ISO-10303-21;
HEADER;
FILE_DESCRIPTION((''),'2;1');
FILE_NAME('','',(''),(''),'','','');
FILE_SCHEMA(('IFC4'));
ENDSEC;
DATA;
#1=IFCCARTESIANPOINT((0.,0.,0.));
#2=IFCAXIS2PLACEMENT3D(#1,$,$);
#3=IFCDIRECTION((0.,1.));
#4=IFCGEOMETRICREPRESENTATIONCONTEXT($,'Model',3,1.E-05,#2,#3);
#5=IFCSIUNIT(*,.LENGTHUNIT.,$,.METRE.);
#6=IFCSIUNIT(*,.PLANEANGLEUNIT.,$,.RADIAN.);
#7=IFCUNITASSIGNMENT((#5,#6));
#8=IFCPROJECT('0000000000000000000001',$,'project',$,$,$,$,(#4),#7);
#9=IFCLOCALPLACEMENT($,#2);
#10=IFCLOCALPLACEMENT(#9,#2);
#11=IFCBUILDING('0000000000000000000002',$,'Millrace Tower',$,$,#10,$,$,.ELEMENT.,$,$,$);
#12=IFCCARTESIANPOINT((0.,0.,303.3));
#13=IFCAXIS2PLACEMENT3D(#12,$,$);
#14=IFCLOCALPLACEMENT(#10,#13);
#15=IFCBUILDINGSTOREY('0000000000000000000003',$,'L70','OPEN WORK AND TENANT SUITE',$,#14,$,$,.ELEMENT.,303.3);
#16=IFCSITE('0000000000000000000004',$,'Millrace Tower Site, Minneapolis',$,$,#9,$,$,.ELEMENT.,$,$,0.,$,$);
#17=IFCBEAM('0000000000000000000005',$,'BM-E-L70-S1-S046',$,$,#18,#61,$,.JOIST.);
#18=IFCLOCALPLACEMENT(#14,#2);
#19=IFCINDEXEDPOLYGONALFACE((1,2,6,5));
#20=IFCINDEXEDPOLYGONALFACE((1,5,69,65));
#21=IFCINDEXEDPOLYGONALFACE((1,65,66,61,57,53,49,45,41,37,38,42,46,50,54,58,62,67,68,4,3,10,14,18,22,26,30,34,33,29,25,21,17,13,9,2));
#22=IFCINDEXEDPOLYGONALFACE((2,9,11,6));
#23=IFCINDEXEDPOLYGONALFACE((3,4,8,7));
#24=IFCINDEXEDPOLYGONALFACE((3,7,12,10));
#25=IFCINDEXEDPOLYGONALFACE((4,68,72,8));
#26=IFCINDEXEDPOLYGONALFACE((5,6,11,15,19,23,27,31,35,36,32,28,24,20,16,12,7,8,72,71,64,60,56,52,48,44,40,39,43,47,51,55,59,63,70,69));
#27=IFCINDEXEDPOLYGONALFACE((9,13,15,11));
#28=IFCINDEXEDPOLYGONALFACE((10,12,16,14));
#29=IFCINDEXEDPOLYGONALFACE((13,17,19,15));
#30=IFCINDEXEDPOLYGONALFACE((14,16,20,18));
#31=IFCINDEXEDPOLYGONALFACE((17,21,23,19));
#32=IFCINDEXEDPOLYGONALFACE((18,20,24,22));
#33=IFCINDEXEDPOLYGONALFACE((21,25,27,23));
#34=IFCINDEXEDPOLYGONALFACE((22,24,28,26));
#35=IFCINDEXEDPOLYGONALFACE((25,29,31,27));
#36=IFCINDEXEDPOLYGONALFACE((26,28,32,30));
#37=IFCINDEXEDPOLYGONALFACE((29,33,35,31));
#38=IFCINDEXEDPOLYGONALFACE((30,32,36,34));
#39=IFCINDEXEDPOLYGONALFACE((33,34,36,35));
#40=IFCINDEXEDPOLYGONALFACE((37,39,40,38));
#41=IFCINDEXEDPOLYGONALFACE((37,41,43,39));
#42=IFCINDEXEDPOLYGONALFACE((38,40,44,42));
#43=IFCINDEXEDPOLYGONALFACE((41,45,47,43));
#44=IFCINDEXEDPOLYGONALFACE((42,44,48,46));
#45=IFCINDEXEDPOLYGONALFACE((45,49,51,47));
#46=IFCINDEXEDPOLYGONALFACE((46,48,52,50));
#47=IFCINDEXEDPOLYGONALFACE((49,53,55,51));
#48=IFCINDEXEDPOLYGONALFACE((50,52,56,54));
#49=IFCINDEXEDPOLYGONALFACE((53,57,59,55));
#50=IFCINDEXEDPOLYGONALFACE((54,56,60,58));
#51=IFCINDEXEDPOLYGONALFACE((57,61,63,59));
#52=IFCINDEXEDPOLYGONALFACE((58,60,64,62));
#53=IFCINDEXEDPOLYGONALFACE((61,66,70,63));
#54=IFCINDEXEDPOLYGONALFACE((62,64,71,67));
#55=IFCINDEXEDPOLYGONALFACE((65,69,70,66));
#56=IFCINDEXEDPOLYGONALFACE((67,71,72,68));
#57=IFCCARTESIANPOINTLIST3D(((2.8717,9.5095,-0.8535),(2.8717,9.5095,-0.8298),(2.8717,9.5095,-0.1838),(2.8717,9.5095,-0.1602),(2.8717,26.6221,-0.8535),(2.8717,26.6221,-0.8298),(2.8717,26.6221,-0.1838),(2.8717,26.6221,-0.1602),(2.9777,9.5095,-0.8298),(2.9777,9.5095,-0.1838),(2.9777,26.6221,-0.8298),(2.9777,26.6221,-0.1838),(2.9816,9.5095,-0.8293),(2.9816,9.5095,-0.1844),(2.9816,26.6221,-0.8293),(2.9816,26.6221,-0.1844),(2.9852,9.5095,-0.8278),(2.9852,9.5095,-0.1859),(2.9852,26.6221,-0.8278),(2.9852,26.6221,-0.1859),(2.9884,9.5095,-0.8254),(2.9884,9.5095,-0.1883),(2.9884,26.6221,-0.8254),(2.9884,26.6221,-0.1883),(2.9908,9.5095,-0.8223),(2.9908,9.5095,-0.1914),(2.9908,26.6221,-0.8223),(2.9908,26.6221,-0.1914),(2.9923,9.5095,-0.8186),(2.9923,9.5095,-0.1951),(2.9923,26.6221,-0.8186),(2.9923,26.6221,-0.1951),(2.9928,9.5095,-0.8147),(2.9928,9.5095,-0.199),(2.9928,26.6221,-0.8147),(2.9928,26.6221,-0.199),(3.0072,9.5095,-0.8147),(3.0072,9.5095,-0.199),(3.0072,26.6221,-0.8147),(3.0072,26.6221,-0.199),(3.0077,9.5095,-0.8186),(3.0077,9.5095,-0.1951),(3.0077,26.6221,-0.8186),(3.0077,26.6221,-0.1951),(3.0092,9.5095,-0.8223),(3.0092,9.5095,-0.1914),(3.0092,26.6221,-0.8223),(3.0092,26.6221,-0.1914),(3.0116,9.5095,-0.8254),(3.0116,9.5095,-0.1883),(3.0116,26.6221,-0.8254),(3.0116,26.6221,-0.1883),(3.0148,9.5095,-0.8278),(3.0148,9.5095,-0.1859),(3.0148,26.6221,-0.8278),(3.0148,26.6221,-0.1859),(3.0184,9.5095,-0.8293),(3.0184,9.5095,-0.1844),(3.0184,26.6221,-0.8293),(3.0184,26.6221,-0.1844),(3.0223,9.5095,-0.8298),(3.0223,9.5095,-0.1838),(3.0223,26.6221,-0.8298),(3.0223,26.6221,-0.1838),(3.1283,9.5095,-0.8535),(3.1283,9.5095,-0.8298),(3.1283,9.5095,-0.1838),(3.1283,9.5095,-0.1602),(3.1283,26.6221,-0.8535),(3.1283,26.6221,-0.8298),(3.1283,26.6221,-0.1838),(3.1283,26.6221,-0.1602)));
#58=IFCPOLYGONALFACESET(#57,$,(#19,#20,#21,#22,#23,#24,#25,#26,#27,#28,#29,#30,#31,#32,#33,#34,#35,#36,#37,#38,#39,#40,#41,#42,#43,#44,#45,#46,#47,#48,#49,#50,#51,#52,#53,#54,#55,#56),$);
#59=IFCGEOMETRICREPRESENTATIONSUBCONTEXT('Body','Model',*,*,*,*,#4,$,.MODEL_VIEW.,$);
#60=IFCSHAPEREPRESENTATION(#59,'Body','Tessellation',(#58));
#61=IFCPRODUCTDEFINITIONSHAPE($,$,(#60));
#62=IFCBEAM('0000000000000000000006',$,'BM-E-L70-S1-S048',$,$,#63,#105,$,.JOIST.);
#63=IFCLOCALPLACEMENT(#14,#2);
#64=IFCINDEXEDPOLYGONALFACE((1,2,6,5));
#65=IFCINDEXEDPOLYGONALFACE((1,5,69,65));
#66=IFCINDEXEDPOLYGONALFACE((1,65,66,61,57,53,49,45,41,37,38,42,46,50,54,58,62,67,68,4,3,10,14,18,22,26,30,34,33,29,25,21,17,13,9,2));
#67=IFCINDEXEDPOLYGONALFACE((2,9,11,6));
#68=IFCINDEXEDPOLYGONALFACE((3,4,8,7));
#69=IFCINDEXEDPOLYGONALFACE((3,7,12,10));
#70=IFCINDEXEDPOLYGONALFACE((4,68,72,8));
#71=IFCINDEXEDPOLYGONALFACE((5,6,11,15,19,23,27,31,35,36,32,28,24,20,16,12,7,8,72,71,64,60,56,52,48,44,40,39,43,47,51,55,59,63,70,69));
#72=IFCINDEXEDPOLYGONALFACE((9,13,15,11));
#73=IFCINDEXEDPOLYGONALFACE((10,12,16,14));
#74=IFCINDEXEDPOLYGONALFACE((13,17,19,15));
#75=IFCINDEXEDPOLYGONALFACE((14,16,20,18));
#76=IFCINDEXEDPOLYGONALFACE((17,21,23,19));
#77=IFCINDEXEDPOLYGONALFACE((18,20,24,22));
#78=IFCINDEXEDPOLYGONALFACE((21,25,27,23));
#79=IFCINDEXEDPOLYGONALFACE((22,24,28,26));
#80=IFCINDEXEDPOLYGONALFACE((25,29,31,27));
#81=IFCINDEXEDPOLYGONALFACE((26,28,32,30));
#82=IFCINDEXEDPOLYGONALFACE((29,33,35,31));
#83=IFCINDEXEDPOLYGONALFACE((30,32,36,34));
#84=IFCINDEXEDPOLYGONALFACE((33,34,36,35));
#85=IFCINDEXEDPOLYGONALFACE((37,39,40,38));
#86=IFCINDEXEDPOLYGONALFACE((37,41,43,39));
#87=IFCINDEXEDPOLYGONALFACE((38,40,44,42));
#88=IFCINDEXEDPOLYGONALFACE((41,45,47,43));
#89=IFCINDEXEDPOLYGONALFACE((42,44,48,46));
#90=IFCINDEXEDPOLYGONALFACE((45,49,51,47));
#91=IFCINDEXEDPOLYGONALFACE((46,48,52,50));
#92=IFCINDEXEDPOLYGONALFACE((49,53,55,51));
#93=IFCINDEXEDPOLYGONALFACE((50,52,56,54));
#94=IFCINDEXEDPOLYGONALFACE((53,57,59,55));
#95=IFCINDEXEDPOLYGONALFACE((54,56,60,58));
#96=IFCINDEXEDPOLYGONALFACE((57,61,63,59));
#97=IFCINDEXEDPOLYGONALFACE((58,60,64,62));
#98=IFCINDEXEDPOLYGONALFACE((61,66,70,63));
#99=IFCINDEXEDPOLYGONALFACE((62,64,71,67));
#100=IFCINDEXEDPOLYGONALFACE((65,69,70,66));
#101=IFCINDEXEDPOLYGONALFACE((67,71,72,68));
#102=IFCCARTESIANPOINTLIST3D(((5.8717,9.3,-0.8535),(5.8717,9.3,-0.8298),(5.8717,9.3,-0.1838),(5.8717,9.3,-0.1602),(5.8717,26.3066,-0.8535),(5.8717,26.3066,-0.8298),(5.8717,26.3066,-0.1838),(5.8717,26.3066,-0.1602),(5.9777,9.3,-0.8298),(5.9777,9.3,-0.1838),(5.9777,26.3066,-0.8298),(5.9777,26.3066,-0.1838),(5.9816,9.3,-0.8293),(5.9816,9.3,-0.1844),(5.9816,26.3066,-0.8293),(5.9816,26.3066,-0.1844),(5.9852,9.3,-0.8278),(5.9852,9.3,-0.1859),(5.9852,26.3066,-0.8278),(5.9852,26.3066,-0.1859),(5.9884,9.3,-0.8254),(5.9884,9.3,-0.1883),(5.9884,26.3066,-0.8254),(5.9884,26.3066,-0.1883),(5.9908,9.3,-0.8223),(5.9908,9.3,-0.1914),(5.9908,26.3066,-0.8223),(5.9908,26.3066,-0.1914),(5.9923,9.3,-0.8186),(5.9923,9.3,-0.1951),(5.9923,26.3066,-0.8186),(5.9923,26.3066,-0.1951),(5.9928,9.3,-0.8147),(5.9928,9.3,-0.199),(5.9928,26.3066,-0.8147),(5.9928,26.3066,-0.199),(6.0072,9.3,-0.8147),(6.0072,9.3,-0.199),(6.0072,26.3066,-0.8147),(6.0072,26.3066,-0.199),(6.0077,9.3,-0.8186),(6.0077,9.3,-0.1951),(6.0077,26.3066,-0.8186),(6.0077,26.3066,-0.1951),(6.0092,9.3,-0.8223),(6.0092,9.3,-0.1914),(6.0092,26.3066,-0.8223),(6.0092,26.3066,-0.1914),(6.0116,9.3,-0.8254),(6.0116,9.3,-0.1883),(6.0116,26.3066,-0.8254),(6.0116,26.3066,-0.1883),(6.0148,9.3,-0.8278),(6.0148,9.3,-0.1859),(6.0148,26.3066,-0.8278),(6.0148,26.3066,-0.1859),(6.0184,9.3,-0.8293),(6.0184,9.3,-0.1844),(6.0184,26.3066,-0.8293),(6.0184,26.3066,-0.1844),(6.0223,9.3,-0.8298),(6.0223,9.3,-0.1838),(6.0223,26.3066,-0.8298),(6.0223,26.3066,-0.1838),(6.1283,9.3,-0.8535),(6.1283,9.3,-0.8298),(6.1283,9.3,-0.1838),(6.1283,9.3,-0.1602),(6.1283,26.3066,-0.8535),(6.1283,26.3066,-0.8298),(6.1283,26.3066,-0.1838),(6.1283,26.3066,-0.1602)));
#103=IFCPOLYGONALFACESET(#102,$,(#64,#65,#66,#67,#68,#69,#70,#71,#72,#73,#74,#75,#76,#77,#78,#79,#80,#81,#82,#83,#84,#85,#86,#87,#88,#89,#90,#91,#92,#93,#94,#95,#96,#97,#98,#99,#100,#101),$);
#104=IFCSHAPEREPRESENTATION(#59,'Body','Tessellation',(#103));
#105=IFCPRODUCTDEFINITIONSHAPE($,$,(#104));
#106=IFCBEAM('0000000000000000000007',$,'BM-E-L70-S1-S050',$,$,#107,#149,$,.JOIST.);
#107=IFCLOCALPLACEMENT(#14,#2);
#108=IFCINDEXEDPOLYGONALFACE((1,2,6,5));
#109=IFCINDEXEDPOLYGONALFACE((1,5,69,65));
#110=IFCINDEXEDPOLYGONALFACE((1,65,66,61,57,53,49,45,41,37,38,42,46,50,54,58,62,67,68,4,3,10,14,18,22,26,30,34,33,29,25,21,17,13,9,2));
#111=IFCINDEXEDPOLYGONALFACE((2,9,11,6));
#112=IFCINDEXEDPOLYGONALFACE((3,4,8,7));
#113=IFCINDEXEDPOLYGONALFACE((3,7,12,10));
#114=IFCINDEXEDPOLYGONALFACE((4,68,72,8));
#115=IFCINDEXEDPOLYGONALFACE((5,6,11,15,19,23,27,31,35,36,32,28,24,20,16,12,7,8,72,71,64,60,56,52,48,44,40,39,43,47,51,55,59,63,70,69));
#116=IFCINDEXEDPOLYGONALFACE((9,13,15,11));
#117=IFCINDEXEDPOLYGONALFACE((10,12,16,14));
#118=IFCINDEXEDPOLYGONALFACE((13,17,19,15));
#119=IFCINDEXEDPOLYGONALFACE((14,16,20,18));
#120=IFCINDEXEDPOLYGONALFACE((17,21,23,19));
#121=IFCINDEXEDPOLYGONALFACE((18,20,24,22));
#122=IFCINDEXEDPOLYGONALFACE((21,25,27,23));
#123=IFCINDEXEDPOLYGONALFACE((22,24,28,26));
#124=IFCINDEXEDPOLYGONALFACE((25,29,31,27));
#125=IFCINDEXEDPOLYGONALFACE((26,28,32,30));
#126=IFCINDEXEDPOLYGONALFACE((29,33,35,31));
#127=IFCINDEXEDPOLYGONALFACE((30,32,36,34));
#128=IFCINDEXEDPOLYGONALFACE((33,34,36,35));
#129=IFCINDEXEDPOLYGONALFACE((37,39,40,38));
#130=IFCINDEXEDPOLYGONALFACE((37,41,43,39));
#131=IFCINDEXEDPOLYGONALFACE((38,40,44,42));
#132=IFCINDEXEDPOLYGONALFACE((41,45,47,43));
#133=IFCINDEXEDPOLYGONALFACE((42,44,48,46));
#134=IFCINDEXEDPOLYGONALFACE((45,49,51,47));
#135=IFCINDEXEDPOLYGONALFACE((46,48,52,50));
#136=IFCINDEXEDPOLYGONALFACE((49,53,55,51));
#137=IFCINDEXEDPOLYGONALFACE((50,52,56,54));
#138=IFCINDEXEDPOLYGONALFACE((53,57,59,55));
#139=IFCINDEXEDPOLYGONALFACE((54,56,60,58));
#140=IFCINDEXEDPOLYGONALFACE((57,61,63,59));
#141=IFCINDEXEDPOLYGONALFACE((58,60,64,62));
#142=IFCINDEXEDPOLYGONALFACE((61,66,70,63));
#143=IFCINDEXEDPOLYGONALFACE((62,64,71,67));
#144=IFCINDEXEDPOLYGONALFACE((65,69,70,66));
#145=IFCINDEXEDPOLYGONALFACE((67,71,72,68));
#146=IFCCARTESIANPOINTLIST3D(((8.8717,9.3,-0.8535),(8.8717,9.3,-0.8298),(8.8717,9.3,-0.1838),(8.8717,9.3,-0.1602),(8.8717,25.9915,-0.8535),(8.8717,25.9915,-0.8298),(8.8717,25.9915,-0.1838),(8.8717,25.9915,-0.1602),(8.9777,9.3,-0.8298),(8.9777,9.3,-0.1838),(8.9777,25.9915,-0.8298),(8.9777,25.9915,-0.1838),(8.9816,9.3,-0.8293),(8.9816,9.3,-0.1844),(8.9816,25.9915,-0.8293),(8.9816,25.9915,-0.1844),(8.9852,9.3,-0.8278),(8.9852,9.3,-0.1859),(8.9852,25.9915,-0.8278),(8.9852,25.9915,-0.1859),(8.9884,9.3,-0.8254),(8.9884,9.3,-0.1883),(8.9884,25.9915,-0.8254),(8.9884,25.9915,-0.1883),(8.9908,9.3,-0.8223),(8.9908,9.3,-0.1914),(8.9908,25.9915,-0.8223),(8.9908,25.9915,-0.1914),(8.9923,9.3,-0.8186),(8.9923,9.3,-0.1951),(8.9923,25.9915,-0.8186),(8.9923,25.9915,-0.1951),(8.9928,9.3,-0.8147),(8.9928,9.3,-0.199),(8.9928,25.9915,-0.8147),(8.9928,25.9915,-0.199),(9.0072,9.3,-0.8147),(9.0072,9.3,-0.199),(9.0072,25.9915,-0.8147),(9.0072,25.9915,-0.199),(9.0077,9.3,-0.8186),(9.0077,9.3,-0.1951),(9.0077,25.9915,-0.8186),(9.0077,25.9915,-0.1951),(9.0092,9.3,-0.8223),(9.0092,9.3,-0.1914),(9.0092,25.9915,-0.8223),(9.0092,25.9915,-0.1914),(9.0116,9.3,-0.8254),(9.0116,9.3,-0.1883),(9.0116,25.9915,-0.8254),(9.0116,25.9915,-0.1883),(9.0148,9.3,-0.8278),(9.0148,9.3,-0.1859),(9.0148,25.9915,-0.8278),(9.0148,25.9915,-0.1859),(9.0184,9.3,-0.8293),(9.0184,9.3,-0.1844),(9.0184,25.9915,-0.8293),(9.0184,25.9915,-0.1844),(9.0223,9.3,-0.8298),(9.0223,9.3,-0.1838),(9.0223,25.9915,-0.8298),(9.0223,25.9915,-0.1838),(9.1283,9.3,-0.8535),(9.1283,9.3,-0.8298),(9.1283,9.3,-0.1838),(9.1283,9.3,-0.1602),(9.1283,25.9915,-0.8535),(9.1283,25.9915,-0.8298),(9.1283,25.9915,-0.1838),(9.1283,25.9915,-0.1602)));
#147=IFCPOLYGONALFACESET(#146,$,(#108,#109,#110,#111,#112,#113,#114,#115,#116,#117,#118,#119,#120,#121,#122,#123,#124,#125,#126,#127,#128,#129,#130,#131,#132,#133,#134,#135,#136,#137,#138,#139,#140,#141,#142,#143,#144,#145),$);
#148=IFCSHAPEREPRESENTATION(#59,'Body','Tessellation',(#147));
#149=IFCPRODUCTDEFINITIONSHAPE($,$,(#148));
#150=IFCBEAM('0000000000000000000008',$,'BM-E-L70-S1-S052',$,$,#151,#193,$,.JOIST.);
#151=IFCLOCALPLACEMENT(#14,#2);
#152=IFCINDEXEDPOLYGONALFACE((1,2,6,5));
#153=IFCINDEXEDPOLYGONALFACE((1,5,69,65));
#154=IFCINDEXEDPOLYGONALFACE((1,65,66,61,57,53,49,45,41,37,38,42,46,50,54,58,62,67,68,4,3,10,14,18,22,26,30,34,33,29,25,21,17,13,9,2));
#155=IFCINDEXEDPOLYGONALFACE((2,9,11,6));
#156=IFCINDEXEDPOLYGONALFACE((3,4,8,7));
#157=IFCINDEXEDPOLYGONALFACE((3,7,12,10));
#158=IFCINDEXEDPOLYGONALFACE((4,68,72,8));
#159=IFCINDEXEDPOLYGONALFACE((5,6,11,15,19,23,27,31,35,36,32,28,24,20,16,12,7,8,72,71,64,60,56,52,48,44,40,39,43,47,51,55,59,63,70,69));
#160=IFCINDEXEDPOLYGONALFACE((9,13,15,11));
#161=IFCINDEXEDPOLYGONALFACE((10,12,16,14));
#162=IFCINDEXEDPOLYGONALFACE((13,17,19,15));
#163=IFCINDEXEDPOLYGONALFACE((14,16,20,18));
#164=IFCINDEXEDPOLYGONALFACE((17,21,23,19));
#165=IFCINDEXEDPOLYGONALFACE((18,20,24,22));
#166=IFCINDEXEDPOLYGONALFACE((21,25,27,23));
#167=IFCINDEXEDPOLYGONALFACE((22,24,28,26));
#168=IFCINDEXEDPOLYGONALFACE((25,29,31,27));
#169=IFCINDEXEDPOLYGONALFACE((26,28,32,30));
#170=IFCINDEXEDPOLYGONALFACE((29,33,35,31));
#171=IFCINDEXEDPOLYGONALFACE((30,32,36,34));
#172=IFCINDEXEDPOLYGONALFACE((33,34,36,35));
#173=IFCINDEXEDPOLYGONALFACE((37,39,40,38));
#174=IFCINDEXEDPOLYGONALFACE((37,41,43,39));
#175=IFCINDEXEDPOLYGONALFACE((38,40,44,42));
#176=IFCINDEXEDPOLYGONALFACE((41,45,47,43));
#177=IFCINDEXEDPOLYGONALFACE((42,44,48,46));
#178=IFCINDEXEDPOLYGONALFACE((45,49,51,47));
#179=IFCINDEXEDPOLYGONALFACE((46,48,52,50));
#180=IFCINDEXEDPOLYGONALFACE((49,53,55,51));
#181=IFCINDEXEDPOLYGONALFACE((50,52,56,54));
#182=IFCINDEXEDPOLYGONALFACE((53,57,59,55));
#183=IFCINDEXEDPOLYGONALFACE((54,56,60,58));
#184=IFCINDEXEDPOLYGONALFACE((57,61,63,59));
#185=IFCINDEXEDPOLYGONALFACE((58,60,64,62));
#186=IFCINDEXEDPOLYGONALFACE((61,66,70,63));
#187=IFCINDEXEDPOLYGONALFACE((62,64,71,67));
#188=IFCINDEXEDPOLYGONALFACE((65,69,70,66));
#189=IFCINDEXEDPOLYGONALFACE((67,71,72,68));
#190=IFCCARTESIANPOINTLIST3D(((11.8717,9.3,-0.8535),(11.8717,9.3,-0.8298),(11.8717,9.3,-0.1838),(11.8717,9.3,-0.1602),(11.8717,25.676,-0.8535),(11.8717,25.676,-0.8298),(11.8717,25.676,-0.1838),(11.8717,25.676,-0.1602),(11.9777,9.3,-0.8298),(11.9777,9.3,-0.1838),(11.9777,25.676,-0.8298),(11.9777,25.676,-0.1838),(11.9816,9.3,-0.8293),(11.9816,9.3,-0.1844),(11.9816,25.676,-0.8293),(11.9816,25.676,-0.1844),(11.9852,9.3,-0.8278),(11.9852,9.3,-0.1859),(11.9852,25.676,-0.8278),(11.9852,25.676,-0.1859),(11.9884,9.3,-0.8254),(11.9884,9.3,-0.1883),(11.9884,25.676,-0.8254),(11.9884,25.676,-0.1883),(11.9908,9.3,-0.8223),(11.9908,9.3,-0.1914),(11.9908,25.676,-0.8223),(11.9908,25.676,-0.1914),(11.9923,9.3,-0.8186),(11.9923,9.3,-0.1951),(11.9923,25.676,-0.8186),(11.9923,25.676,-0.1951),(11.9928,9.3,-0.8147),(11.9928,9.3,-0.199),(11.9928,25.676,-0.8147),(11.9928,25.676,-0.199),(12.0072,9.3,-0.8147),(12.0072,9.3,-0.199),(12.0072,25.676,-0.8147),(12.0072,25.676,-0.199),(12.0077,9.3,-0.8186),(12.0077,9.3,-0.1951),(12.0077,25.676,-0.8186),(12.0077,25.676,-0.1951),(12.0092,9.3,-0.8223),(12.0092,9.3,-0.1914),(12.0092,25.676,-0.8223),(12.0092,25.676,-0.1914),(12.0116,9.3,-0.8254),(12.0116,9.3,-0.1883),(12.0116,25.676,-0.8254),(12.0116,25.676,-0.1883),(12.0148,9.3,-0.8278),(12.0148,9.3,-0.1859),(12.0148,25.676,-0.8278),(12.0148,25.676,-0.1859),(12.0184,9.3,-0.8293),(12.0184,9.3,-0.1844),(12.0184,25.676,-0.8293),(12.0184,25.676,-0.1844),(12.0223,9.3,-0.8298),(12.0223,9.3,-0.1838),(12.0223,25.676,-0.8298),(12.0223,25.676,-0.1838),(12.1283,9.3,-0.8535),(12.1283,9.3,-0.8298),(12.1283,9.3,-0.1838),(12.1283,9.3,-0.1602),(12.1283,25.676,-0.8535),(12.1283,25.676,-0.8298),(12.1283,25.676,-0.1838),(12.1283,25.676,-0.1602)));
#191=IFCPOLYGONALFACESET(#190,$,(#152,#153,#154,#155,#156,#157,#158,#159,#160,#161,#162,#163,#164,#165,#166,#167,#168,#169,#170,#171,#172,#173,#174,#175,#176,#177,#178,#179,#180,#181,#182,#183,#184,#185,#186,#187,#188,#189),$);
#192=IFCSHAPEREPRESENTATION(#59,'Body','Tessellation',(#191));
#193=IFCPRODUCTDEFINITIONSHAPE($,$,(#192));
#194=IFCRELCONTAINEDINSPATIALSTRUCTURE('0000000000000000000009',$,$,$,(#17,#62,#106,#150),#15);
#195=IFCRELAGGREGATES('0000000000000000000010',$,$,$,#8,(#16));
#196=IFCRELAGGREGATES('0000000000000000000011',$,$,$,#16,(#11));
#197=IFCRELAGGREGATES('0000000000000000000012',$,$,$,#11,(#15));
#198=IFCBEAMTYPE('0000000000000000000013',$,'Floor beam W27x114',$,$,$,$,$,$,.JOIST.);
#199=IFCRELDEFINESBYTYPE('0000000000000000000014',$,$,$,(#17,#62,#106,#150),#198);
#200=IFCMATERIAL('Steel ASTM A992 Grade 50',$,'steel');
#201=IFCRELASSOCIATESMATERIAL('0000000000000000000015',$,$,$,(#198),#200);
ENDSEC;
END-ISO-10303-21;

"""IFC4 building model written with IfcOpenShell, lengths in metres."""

from ifc_helpers import new_model, si_unit, direction, frame, origin, origin_2d, place, context, subcontext, project, spatial, i_section, extrude, material, material_profile, profile_set, type_object, element, save


model = new_model("IFC4")

# Units and contexts
model_context = context("Model", 3, precision=1e-05, world=origin(), true_north=direction((0.0, 1.0)))
body_context = subcontext(model_context, "Body", "Model", "MODEL_VIEW")
ifc_project = project(units=[si_unit("LENGTHUNIT", "METRE"), si_unit("PLANEANGLEUNIT", "RADIAN")], contexts=[model_context])

# Site, building, storey
site_placement = place(None, origin())
site = spatial("IfcSite", under=ifc_project, at=site_placement, Name="Millrace Tower Site, Minneapolis", CompositionType="ELEMENT", RefElevation=0.0)
building_placement = place(site_placement, origin())
building = spatial("IfcBuilding", under=site, at=building_placement, Name="Millrace Tower", CompositionType="ELEMENT")
storey_placement = place(building_placement, frame((0.0, 0.0, 303.3)))
storey = spatial("IfcBuildingStorey", under=building, at=storey_placement, Name="L70", Description="OPEN WORK AND TENANT SUITE", CompositionType="ELEMENT", Elevation=303.3)

# Beams
ifc_material_1 = material(Name="Steel ASTM A992 Grade 50", Category="steel")
ifc_material_profile_1 = material_profile(ifc_material_1, i_section(OverallWidth=0.2566, OverallDepth=0.6934, WebThickness=0.0144, FlangeThickness=0.0237, FilletRadius=0.0151, at=origin_2d()))
ifc_profile_set_1 = profile_set([ifc_material_profile_1], Name="Steel ASTM A992 Grade 50")
beam_type_1 = type_object("IfcBeamType", Name="Floor beam W27x114", PredefinedType="JOIST", material=ifc_profile_set_1)
beam_1_placement = place(storey_placement, frame((3.0, 9.5095, -0.5068), z_axis=(0.0, 1.0, 0.0), x_axis=(-1.0, 0.0, 0.0)))
element("IfcBeam", 1, at=beam_1_placement, inside=storey, type_object=beam_type_1, Name="BM-E-L70-S1-S046", PredefinedType="JOIST", context=body_context, shape_type="SweptSolid", body=[
    extrude(i_section(OverallWidth=0.2566, OverallDepth=0.6934, WebThickness=0.0144, FlangeThickness=0.0237, FilletRadius=0.0151, at=origin_2d()), origin(), (0.0, 0.0, 1.0), 17.1125),
])
beam_2_placement = place(storey_placement, frame((6.0, 9.3, -0.5068), z_axis=(0.0, 1.0, 0.0), x_axis=(-1.0, 0.0, 0.0)))
element("IfcBeam", 2, at=beam_2_placement, inside=storey, type_object=beam_type_1, Name="BM-E-L70-S1-S048", PredefinedType="JOIST", context=body_context, shape_type="SweptSolid", body=[
    extrude(i_section(OverallWidth=0.2566, OverallDepth=0.6934, WebThickness=0.0144, FlangeThickness=0.0237, FilletRadius=0.0151, at=origin_2d()), origin(), (0.0, 0.0, 1.0), 17.0066),
])
beam_3_placement = place(storey_placement, frame((9.0, 9.3, -0.5068), z_axis=(0.0, 1.0, 0.0), x_axis=(-1.0, 0.0, 0.0)))
element("IfcBeam", 3, at=beam_3_placement, inside=storey, type_object=beam_type_1, Name="BM-E-L70-S1-S050", PredefinedType="JOIST", context=body_context, shape_type="SweptSolid", body=[
    extrude(i_section(OverallWidth=0.2566, OverallDepth=0.6934, WebThickness=0.0144, FlangeThickness=0.0237, FilletRadius=0.0151, at=origin_2d()), origin(), (0.0, 0.0, 1.0), 16.6914),
])
beam_4_placement = place(storey_placement, frame((12.0, 9.3, -0.5068), z_axis=(0.0, 1.0, 0.0), x_axis=(-1.0, 0.0, 0.0)))
element("IfcBeam", 4, at=beam_4_placement, inside=storey, type_object=beam_type_1, Name="BM-E-L70-S1-S052", PredefinedType="JOIST", context=body_context, shape_type="SweptSolid", body=[
    extrude(i_section(OverallWidth=0.2566, OverallDepth=0.6934, WebThickness=0.0144, FlangeThickness=0.0237, FilletRadius=0.0151, at=origin_2d()), origin(), (0.0, 0.0, 1.0), 16.376),
])

save(model, "model.ifc")
